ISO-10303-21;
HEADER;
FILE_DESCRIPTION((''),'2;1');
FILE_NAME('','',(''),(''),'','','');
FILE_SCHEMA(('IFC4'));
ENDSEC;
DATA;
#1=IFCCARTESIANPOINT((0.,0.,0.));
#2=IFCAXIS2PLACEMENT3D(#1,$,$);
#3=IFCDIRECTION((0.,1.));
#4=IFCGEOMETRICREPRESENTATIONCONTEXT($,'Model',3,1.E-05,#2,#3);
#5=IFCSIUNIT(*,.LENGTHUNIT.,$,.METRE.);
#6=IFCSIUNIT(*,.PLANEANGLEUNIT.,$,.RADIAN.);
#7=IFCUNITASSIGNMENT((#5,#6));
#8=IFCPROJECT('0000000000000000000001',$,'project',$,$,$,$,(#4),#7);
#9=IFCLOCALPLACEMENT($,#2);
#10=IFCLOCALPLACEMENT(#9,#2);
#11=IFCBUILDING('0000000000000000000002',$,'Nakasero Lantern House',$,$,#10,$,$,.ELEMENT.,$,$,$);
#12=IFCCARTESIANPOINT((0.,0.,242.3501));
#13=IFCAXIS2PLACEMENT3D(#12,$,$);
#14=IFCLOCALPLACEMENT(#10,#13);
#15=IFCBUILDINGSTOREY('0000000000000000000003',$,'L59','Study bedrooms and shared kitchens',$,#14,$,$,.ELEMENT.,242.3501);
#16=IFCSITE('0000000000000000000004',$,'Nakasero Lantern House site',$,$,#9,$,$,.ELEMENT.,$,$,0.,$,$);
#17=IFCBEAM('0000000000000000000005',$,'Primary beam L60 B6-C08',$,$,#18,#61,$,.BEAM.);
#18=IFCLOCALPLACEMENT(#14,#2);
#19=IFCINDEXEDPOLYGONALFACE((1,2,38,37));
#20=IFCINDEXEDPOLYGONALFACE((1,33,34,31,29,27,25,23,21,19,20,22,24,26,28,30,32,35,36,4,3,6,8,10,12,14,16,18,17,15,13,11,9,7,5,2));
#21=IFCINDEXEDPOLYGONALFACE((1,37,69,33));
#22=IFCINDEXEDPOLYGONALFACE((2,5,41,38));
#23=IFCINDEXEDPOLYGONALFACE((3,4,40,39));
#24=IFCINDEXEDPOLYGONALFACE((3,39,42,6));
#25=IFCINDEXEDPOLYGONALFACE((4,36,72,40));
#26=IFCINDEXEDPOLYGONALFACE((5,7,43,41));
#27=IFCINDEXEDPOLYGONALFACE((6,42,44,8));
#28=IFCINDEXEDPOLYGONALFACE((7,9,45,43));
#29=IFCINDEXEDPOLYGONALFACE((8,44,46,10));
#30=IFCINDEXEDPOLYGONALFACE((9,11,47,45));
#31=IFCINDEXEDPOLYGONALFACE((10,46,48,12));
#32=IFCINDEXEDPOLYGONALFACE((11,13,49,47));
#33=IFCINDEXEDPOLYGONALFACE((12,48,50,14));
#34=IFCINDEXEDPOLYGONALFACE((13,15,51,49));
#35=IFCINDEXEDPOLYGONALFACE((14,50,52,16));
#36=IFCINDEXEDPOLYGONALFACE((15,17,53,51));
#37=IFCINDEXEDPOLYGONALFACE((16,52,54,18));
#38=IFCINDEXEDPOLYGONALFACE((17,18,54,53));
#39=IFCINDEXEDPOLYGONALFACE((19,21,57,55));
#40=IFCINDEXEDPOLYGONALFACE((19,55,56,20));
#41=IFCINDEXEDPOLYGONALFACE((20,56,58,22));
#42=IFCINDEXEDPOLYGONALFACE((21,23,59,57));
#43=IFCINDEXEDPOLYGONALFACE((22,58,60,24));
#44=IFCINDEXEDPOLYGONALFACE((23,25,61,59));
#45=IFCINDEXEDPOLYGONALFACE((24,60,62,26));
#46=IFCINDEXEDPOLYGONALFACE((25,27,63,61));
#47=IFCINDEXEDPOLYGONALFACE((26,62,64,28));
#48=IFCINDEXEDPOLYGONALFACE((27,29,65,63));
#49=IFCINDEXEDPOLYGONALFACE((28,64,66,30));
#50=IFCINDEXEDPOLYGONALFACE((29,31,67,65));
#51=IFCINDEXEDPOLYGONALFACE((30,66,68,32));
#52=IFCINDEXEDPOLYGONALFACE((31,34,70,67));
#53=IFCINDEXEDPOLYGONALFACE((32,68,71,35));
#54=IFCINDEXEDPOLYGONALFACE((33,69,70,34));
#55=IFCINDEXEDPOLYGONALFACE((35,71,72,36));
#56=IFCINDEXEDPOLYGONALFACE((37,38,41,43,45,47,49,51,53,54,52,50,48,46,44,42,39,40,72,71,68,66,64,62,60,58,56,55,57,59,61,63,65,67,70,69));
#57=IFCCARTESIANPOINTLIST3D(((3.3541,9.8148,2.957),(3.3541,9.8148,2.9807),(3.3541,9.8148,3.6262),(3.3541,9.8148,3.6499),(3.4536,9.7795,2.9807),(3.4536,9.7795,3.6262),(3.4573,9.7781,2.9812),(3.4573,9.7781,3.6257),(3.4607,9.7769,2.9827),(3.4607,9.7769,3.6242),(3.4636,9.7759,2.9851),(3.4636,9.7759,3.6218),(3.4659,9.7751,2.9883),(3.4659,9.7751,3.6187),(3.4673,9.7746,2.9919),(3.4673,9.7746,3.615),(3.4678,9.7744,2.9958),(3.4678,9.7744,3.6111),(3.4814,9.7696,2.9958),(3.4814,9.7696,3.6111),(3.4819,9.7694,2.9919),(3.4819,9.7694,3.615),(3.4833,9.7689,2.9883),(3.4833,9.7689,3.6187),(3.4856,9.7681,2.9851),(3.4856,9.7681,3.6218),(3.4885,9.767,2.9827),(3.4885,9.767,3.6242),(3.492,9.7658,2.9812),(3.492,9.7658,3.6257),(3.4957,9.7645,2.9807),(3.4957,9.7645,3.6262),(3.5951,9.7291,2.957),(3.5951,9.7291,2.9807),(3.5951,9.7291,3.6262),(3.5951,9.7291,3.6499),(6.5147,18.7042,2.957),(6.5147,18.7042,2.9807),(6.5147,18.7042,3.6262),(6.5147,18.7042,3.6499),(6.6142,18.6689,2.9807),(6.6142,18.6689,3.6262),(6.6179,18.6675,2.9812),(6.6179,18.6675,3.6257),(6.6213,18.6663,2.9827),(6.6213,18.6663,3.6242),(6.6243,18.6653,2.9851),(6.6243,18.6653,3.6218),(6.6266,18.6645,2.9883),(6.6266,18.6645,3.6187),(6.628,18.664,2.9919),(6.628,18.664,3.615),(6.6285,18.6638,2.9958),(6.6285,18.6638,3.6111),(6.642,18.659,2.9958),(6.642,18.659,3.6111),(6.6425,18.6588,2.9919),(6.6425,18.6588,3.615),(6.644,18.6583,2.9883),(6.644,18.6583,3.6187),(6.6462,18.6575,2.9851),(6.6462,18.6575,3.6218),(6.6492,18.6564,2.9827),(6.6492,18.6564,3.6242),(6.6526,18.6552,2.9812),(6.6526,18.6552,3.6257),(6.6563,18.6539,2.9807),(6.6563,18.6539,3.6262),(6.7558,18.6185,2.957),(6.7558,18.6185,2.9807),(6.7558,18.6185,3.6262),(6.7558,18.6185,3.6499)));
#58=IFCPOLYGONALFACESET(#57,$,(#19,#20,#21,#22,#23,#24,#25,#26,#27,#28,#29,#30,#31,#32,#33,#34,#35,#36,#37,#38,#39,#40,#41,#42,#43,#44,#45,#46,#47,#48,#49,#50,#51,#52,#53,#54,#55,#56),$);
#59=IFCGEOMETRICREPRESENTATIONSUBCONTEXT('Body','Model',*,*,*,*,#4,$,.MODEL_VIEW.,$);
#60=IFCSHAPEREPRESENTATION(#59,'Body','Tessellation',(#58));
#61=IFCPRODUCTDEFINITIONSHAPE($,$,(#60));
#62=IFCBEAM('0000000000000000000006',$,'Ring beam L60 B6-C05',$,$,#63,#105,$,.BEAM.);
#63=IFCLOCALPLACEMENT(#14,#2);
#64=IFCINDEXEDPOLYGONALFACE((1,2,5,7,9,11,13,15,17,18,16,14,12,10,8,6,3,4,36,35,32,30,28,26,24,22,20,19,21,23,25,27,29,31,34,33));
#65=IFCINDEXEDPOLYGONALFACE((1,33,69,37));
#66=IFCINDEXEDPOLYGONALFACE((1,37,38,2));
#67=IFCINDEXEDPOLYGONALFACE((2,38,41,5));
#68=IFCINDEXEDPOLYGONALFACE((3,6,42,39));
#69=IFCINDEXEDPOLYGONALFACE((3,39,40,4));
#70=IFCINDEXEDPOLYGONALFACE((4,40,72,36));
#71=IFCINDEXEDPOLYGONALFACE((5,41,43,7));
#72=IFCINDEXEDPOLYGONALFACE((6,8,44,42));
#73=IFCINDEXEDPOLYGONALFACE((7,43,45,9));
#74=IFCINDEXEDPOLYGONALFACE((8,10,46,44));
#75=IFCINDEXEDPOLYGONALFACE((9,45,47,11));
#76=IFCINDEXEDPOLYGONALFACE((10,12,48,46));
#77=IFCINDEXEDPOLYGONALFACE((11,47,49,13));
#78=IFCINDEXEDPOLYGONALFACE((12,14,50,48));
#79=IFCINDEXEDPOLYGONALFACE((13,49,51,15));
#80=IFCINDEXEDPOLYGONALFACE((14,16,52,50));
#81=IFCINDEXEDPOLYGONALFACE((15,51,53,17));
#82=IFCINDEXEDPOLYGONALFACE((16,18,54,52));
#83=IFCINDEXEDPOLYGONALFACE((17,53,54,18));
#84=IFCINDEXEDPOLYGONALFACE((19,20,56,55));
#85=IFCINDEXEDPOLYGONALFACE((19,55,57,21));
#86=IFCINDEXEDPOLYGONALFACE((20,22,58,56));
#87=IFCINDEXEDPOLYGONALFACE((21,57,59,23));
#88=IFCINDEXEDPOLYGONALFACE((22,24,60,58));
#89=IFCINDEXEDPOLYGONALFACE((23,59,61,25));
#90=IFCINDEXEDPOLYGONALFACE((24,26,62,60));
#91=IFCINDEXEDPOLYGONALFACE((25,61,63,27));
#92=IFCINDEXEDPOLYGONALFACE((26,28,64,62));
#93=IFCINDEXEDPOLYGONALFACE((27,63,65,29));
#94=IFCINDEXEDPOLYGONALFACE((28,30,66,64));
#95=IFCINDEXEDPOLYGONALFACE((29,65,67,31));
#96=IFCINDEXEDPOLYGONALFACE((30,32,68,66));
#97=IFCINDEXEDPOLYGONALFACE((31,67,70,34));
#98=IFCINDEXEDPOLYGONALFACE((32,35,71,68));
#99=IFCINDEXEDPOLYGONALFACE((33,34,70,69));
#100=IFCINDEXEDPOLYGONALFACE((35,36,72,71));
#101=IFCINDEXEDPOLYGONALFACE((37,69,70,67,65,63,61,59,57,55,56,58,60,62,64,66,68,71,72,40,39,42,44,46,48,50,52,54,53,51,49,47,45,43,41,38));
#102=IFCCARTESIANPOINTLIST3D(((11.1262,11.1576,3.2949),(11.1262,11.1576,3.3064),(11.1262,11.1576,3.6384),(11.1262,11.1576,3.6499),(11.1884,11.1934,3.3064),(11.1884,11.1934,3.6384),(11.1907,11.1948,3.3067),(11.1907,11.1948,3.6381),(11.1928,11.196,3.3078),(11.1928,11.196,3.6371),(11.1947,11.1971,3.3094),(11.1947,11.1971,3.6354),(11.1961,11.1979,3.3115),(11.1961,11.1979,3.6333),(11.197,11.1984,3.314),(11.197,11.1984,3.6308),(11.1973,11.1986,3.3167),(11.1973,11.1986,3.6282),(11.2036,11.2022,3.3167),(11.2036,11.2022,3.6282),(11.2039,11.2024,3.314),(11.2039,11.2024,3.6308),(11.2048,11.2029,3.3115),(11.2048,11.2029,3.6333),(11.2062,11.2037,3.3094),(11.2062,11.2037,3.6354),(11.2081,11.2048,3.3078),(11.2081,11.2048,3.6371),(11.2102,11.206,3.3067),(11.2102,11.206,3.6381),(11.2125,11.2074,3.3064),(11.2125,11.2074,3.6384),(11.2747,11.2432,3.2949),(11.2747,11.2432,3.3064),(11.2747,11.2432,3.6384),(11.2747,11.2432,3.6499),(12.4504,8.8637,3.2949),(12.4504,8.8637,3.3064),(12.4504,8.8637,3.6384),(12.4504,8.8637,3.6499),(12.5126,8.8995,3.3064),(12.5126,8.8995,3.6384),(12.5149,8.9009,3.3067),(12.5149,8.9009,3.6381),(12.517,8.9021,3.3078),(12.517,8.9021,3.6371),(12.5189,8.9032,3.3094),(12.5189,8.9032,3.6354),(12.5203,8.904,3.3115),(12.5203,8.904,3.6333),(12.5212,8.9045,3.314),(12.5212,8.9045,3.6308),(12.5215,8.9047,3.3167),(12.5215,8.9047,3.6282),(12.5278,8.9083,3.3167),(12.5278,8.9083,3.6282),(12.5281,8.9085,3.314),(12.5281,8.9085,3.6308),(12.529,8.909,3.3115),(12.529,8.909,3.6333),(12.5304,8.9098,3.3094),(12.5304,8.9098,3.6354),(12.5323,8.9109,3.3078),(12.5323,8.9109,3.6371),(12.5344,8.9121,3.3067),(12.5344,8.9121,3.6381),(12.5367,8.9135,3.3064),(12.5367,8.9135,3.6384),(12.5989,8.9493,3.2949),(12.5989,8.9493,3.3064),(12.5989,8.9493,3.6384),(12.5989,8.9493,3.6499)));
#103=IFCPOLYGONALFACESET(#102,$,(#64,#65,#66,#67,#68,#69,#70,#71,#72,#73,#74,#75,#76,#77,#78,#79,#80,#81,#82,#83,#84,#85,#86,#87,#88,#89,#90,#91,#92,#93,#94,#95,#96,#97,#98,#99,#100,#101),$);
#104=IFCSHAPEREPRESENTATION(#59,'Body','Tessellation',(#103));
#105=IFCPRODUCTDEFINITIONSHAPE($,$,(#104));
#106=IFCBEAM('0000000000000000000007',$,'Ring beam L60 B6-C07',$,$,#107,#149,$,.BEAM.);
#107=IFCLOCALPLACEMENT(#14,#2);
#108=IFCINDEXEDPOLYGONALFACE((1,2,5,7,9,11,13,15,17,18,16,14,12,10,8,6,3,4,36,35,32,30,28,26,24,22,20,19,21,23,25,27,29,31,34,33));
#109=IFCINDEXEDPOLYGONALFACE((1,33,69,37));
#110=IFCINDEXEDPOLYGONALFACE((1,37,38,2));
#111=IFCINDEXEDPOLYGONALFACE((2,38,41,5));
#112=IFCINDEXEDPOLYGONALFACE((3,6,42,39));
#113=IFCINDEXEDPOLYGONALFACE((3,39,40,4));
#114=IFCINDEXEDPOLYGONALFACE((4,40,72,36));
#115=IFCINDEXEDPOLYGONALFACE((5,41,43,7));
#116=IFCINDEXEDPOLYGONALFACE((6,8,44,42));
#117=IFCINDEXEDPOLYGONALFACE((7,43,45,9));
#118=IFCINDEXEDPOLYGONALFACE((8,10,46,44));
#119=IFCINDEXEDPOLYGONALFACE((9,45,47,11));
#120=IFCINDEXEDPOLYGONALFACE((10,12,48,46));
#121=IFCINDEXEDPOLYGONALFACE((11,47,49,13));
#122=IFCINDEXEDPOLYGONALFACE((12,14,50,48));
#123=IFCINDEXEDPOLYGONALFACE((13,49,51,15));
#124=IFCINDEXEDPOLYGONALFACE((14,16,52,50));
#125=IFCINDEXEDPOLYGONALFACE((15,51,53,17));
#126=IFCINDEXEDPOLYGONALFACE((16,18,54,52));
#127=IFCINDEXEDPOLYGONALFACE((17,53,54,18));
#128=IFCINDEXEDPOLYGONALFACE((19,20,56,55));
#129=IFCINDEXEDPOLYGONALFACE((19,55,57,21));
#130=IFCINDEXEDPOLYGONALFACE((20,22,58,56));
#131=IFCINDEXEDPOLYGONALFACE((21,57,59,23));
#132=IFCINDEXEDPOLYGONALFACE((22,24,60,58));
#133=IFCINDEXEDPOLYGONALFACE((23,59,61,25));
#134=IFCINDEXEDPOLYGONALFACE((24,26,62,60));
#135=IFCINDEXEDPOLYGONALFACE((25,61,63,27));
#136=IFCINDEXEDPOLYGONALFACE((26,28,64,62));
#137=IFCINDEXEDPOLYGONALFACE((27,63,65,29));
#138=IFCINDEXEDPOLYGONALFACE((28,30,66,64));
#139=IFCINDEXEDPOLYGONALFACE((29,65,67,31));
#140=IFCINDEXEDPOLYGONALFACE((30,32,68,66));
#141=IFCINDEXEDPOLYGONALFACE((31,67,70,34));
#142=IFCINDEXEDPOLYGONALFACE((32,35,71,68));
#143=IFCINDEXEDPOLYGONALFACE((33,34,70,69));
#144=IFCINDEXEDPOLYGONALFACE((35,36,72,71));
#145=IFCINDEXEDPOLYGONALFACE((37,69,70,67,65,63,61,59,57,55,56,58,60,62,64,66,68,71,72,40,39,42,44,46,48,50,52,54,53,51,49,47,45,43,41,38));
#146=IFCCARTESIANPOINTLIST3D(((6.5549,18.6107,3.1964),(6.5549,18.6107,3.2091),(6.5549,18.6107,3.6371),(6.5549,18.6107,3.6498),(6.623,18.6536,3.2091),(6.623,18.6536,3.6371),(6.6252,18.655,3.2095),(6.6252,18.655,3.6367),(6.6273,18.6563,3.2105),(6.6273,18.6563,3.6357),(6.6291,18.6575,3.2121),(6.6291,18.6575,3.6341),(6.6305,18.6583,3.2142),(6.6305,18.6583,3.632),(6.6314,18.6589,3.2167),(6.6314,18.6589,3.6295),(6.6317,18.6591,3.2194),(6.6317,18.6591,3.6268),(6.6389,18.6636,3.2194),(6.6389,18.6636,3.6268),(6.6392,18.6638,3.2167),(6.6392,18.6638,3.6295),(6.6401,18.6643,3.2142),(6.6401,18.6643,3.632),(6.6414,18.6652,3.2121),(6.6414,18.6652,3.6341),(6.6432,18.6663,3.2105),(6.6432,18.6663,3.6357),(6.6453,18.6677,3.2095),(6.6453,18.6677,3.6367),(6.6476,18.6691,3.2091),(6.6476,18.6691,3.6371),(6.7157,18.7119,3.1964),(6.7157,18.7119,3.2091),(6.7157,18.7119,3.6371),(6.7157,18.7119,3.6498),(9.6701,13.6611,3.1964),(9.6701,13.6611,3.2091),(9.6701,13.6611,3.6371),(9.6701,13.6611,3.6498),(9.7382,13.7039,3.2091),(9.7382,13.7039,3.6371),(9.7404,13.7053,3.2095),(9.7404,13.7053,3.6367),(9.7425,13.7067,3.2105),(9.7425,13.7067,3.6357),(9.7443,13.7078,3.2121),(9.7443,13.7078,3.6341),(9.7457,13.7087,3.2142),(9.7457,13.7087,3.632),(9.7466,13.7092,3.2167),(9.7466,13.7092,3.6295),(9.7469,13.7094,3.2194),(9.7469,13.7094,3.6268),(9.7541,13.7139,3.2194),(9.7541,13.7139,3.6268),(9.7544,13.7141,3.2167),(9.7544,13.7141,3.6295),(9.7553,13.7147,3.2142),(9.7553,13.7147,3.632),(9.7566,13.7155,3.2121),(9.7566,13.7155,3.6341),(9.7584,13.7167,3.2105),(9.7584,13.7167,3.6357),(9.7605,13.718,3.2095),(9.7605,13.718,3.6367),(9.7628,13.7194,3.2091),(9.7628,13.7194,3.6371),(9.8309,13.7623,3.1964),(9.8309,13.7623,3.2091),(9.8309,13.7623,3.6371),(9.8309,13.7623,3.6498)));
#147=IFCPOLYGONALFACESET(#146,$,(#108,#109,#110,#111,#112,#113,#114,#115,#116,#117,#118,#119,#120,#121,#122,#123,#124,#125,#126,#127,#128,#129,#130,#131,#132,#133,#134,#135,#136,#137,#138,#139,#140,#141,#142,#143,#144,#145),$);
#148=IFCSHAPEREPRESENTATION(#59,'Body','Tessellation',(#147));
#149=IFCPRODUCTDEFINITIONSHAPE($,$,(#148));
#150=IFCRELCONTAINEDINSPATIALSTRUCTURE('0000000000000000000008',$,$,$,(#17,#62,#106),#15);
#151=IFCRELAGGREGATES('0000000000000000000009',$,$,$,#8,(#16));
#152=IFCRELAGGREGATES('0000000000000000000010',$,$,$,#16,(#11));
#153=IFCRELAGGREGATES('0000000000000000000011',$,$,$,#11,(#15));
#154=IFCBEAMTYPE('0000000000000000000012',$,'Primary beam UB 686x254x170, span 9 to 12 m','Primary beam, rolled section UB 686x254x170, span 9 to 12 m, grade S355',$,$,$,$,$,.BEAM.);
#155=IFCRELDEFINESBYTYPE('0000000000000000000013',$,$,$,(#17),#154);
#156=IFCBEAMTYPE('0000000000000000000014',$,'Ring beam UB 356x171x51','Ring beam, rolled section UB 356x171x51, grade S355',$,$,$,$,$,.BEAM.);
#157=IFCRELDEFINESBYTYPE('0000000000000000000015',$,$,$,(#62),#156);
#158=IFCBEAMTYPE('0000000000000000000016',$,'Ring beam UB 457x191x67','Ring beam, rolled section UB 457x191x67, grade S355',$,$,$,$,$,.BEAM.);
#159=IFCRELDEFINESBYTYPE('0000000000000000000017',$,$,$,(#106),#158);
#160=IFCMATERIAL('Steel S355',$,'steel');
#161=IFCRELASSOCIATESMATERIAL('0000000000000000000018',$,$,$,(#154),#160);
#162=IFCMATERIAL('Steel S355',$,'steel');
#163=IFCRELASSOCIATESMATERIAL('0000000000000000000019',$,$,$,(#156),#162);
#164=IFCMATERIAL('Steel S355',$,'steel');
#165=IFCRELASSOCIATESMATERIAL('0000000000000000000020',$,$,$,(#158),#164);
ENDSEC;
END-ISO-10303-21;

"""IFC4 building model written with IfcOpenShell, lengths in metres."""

from ifc_helpers import new_model, si_unit, direction, frame, origin, origin_2d, place, context, subcontext, project, spatial, i_section, extrude, material, material_profile, profile_set, type_object, element, save


model = new_model("IFC4")

# Units and contexts
model_context = context("Model", 3, precision=1e-05, world=origin(), true_north=direction((0.0, 1.0)))
body_context = subcontext(model_context, "Body", "Model", "MODEL_VIEW")
ifc_project = project(units=[si_unit("LENGTHUNIT", "METRE"), si_unit("PLANEANGLEUNIT", "RADIAN")], contexts=[model_context])

# Site, building, storey
site_placement = place(None, origin())
site = spatial("IfcSite", under=ifc_project, at=site_placement, Name="Nakasero Lantern House site", CompositionType="ELEMENT", RefElevation=0.0)
building_placement = place(site_placement, origin())
building = spatial("IfcBuilding", under=site, at=building_placement, Name="Nakasero Lantern House", CompositionType="ELEMENT")
storey_placement = place(building_placement, frame((0.0, 0.0, 242.3501)))
storey = spatial("IfcBuildingStorey", under=building, at=storey_placement, Name="L59", Description="Study bedrooms and shared kitchens", CompositionType="ELEMENT", Elevation=242.3501)

# Beams
ifc_material_1 = material(Name="Steel S355", Category="steel")
ifc_material_profile_1 = material_profile(ifc_material_1, i_section(OverallWidth=0.2559, OverallDepth=0.6929, WebThickness=0.0144, FlangeThickness=0.0237, FilletRadius=0.0151, at=origin_2d()), Name="UB 686x254x170")
ifc_profile_set_1 = profile_set([ifc_material_profile_1], Name="Steel S355")
beam_type_1 = type_object("IfcBeamType", Name="Primary beam UB 686x254x170, span 9 to 12 m", Description="Primary beam, rolled section UB 686x254x170, span 9 to 12 m, grade S355", PredefinedType="BEAM", material=ifc_profile_set_1)
beam_1_placement = place(storey_placement, frame((6.6353, 18.6614, 3.3035), z_axis=(-0.335007, -0.942216, 0.0), x_axis=(0.942216, -0.335007, 0.0)))
element("IfcBeam", 1, at=beam_1_placement, inside=storey, type_object=beam_type_1, Name="Primary beam L60 B6-C08", PredefinedType="BEAM", context=body_context, shape_type="SweptSolid", body=[
    extrude(i_section(OverallWidth=0.2559, OverallDepth=0.6929, WebThickness=0.0144, FlangeThickness=0.0237, FilletRadius=0.0151, at=origin_2d()), origin(), (0.0, 0.0, 1.0), 9.4346),
])
ifc_material_2 = material(Name="Steel S355", Category="steel")
ifc_material_profile_2 = material_profile(ifc_material_2, i_section(OverallWidth=0.1714, OverallDepth=0.355, WebThickness=0.0073, FlangeThickness=0.0115, FilletRadius=0.0103, at=origin_2d()), Name="UB 356x171x51")
ifc_profile_set_2 = profile_set([ifc_material_profile_2], Name="Steel S355")
beam_type_2 = type_object("IfcBeamType", Name="Ring beam UB 356x171x51", Description="Ring beam, rolled section UB 356x171x51, grade S355", PredefinedType="BEAM", material=ifc_profile_set_2)
beam_2_placement = place(storey_placement, frame((12.5247, 8.9065, 3.4724), z_axis=(-0.499946, 0.866057, 0.0), x_axis=(-0.866057, -0.499946, 0.0)))
element("IfcBeam", 2, at=beam_2_placement, inside=storey, type_object=beam_type_2, Name="Ring beam L60 B6-C05", PredefinedType="BEAM", context=body_context, shape_type="SweptSolid", body=[
    extrude(i_section(OverallWidth=0.1714, OverallDepth=0.355, WebThickness=0.0073, FlangeThickness=0.0115, FilletRadius=0.0103, at=origin_2d()), origin(), (0.0, 0.0, 1.0), 2.6487),
])
ifc_material_3 = material(Name="Steel S355", Category="steel")
ifc_material_profile_3 = material_profile(ifc_material_3, i_section(OverallWidth=0.1899, OverallDepth=0.4534, WebThickness=0.0085, FlangeThickness=0.0127, FilletRadius=0.0103, at=origin_2d()), Name="UB 457x191x67")
ifc_profile_set_3 = profile_set([ifc_material_profile_3], Name="Steel S355")
beam_type_3 = type_object("IfcBeamType", Name="Ring beam UB 457x191x67", Description="Ring beam, rolled section UB 457x191x67, grade S355", PredefinedType="BEAM", material=ifc_profile_set_3)
beam_3_placement = place(storey_placement, frame((9.7505, 13.7117, 3.4231), z_axis=(-0.53266, 0.846329, 0.0), x_axis=(-0.846329, -0.53266, 0.0)))
element("IfcBeam", 3, at=beam_3_placement, inside=storey, type_object=beam_type_3, Name="Ring beam L60 B6-C07", PredefinedType="BEAM", context=body_context, shape_type="SweptSolid", body=[
    extrude(i_section(OverallWidth=0.1899, OverallDepth=0.4534, WebThickness=0.0085, FlangeThickness=0.0127, FilletRadius=0.0103, at=origin_2d()), origin(), (0.0, 0.0, 1.0), 5.8484),
])

save(model, "model.ifc")
